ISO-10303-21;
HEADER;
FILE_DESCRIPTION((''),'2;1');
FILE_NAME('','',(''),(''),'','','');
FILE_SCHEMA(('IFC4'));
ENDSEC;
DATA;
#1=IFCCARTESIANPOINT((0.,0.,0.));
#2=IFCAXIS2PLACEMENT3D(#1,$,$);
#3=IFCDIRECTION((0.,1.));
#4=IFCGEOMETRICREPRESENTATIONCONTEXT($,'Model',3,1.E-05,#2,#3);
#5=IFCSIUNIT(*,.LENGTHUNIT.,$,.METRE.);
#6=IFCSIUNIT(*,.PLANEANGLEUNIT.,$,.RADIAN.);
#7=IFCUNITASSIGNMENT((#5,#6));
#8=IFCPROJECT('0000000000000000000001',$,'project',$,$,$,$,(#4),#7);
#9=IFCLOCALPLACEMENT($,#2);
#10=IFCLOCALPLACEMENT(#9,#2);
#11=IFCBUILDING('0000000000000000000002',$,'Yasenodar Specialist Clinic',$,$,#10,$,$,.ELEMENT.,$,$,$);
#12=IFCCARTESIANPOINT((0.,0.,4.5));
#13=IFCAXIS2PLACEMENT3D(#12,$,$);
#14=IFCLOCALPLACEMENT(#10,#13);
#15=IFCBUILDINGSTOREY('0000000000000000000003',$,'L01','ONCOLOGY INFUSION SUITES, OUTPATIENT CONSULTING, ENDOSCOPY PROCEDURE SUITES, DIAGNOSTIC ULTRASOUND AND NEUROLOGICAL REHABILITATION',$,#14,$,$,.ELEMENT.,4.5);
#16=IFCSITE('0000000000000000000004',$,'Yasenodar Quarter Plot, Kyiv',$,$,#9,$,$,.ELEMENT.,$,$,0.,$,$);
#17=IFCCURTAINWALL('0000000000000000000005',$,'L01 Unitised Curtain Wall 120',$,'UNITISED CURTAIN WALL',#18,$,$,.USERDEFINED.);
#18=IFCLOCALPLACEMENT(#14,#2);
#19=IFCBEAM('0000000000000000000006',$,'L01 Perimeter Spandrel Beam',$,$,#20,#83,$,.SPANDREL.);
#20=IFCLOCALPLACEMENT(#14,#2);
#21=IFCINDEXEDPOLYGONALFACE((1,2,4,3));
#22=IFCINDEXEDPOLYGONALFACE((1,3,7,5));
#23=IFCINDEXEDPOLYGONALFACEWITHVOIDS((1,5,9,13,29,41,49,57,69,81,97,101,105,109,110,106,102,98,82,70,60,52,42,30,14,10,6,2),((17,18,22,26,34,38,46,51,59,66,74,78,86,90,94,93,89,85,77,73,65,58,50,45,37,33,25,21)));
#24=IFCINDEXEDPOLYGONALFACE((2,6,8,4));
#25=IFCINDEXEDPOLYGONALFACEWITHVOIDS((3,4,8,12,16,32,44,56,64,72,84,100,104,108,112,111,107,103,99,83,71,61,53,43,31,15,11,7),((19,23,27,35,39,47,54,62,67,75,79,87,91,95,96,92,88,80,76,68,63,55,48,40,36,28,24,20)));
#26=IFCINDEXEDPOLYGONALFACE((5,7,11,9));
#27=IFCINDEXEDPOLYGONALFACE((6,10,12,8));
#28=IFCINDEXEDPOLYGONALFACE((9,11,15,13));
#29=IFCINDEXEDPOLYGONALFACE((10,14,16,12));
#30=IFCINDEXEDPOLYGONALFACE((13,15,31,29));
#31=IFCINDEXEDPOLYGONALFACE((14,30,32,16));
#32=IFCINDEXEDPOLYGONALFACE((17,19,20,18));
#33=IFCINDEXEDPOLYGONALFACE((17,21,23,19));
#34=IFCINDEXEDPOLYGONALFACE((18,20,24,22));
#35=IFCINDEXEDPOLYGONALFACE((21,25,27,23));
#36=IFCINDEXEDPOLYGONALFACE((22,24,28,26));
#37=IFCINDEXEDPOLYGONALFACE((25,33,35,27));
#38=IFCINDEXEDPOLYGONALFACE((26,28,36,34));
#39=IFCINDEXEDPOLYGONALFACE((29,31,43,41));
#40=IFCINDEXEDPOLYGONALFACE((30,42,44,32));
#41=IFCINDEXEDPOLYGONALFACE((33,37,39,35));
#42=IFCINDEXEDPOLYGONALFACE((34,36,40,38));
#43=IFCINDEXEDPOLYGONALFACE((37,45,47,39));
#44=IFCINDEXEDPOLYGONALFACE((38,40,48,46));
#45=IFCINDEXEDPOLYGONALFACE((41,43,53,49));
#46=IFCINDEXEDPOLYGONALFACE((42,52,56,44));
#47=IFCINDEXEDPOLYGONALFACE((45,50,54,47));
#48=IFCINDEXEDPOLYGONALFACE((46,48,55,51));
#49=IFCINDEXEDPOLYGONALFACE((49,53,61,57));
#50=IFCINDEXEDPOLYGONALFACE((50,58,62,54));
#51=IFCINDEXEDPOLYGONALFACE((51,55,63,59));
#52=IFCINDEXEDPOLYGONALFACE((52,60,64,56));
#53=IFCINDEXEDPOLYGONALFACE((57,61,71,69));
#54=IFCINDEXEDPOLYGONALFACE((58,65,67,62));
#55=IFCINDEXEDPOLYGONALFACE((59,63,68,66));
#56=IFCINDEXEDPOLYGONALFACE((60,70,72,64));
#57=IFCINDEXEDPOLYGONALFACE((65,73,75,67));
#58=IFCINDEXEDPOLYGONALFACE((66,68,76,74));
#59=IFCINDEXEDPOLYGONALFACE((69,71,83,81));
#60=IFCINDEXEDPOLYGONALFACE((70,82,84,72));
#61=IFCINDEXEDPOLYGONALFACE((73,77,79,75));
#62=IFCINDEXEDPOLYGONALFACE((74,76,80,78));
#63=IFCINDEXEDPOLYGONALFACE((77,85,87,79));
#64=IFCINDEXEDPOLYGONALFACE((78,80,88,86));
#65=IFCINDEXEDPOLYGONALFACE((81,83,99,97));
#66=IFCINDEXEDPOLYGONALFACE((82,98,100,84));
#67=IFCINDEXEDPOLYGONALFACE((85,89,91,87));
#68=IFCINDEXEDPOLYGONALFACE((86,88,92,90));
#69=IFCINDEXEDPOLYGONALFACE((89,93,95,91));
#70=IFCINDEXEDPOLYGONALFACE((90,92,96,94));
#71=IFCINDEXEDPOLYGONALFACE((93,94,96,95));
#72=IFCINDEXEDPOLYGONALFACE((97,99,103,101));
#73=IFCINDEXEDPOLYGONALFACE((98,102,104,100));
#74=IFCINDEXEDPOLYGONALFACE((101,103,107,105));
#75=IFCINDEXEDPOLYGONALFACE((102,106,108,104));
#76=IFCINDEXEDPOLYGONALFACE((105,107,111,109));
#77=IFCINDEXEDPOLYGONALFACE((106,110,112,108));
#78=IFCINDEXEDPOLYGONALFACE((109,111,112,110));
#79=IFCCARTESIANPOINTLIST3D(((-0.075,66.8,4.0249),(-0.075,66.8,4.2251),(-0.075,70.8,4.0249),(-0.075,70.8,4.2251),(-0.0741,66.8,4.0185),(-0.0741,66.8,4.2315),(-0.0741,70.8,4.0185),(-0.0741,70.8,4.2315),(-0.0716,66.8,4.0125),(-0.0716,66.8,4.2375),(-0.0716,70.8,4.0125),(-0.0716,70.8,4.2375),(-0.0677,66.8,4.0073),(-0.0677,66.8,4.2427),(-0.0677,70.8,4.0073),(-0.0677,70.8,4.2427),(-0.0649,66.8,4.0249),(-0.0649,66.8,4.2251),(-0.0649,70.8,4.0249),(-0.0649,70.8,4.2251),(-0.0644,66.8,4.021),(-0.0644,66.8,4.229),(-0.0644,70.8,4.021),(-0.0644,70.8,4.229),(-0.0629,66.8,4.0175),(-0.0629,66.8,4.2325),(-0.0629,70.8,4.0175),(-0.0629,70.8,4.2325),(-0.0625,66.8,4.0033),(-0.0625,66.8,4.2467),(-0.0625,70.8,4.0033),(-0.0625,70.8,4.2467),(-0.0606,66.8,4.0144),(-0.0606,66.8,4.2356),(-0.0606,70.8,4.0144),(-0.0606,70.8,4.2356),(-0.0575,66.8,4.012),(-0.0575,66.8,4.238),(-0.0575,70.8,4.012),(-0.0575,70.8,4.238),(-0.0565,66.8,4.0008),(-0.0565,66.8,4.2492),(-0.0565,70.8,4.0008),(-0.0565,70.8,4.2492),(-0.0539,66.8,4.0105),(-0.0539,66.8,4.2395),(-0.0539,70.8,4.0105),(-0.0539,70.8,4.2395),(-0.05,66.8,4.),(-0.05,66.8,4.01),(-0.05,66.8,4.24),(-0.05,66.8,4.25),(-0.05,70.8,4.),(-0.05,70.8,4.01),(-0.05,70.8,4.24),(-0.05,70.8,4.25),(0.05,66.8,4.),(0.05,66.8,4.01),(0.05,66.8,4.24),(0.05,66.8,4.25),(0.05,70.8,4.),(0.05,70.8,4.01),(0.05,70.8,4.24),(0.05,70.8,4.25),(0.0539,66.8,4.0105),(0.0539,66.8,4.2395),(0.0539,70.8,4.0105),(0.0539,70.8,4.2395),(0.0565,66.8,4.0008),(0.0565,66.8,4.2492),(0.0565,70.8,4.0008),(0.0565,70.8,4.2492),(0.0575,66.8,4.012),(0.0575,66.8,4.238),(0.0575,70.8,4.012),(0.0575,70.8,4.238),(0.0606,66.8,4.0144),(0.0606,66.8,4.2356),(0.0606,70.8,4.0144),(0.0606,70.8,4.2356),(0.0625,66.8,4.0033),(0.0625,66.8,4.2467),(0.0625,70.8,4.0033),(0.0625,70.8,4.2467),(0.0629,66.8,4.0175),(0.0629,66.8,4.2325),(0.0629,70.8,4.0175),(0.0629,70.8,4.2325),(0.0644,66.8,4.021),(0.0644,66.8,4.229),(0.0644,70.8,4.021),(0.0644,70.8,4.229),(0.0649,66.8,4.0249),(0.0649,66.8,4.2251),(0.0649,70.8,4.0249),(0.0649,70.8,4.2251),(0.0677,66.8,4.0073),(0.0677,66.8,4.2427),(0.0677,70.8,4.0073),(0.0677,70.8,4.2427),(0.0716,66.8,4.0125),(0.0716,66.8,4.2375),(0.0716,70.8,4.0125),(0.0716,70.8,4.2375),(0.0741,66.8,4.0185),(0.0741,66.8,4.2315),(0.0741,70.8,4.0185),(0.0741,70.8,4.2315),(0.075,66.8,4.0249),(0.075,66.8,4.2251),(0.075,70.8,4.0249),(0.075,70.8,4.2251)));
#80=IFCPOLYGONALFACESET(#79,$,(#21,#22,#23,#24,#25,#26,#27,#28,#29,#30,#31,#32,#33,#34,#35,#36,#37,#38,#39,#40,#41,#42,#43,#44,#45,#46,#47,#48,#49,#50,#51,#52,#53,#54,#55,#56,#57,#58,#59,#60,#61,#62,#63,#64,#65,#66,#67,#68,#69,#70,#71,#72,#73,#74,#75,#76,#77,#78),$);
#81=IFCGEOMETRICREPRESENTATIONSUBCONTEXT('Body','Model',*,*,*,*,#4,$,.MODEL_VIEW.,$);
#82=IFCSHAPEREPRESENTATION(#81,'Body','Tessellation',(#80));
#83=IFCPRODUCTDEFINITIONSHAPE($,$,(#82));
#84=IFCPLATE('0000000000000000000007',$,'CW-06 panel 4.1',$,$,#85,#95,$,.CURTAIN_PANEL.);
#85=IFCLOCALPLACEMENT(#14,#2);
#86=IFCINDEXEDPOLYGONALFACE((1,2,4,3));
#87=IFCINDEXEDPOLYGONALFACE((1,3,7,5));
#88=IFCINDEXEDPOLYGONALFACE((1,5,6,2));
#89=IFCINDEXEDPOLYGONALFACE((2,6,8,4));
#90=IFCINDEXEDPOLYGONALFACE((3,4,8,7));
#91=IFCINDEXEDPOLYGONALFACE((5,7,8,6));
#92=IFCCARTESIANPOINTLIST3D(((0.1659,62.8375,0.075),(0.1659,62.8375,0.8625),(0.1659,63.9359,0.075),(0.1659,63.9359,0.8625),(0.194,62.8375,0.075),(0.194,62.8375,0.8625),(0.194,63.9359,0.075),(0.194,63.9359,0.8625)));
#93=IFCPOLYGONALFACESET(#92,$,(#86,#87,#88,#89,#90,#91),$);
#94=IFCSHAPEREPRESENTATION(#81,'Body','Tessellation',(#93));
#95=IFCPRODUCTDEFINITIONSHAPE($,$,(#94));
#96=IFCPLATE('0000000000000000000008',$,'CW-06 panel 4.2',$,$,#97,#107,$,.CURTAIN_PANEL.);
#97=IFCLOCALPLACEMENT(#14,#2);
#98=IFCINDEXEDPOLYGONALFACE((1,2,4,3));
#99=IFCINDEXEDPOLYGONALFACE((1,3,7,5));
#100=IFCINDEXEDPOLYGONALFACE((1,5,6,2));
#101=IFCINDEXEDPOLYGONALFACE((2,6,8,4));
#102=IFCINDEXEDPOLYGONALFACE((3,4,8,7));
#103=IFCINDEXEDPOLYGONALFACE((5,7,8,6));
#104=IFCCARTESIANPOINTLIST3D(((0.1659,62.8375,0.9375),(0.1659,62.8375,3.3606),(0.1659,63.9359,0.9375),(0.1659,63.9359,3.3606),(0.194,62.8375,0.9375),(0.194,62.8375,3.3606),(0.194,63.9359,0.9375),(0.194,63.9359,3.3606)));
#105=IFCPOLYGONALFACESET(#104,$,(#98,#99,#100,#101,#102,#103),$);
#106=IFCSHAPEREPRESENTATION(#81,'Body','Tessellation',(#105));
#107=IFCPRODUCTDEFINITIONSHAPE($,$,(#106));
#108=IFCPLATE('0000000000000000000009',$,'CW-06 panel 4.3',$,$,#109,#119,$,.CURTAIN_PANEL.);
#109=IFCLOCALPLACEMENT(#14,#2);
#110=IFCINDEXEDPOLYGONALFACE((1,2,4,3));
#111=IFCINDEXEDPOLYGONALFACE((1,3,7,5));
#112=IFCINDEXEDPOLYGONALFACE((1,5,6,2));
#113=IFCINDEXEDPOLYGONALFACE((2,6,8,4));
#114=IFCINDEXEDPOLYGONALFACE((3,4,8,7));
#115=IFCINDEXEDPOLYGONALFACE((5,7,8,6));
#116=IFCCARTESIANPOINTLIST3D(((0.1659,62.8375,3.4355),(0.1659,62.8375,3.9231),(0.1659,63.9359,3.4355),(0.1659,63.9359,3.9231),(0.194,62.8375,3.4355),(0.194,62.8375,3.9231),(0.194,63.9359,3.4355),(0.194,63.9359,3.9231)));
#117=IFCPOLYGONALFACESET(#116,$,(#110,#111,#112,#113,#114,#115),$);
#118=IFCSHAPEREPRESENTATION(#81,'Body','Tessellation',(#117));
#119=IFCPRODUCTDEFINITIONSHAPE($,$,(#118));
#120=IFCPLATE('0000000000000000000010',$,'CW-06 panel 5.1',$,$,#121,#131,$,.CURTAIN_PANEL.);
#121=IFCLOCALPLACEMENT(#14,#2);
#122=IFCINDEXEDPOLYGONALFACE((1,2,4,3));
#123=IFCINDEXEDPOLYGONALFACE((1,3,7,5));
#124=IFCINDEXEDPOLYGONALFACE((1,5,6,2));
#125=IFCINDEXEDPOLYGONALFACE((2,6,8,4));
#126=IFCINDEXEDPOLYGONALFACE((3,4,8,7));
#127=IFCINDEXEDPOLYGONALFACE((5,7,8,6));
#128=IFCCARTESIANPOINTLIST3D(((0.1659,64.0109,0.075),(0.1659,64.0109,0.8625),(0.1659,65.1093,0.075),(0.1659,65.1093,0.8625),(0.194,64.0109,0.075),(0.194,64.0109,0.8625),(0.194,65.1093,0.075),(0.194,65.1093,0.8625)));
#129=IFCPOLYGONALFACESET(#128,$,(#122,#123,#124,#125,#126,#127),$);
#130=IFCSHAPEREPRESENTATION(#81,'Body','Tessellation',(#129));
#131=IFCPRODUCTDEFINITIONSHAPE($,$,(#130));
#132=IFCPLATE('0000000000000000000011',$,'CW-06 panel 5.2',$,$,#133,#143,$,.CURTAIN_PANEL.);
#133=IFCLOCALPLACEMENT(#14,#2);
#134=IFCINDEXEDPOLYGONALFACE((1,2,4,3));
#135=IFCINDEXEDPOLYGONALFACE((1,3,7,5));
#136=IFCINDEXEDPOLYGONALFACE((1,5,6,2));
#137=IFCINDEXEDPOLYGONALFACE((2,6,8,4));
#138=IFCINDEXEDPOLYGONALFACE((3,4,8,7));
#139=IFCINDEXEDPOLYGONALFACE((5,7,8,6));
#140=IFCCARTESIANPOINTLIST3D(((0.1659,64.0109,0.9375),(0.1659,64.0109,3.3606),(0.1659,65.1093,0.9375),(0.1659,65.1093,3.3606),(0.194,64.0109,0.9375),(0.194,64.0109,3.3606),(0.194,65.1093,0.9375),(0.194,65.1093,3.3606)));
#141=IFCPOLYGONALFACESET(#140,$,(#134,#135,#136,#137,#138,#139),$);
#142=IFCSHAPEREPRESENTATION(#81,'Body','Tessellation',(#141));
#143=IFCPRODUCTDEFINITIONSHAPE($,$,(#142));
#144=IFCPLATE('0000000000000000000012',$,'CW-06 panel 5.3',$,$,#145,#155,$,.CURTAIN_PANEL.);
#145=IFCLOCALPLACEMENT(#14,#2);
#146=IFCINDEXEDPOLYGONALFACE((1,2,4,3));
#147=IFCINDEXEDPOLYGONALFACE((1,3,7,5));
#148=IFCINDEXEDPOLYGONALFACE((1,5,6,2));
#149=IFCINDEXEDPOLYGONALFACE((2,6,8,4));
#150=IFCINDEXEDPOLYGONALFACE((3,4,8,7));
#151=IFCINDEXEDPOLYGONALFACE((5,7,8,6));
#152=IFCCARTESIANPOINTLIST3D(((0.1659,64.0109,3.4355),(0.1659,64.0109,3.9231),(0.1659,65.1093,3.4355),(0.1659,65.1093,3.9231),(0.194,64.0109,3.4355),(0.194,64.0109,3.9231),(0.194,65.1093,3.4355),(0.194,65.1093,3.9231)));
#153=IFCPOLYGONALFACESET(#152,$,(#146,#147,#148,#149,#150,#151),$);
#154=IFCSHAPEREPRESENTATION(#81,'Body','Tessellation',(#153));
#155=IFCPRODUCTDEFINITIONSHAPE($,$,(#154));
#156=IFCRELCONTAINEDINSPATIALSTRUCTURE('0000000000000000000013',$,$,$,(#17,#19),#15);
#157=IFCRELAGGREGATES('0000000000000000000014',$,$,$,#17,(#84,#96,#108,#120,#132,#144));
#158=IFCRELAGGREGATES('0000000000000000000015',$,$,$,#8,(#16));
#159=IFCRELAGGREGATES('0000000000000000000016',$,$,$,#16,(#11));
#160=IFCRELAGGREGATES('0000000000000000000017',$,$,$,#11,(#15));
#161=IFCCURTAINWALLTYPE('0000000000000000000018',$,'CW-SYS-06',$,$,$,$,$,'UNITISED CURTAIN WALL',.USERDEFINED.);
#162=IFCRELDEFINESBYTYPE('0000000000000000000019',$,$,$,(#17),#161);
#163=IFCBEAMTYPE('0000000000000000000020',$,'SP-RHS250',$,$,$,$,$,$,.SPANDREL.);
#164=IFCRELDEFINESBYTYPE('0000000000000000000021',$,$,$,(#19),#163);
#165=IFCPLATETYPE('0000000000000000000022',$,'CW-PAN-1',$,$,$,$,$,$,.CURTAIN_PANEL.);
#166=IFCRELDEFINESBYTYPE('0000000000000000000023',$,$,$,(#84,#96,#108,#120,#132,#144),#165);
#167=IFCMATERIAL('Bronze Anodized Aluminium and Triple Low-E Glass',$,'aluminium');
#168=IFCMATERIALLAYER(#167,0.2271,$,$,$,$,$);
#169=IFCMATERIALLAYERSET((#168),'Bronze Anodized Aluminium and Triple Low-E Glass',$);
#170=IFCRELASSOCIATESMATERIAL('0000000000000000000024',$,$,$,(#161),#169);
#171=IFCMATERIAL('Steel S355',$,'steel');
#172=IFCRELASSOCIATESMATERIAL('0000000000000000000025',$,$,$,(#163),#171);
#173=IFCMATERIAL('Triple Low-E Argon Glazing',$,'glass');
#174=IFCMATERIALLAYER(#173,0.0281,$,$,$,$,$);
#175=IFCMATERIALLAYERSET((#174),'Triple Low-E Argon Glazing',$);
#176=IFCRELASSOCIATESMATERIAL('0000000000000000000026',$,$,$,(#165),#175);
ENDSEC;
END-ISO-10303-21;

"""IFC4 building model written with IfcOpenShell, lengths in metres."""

from ifc_helpers import new_model, si_unit, direction, frame, origin, origin_2d, place, context, subcontext, project, spatial, rectangle, hollow_rectangle, extrude, material, layer, layer_set, material_profile, profile_set, type_object, element, aggregate, save


model = new_model("IFC4")

# Units and contexts
model_context = context("Model", 3, precision=1e-05, world=origin(), true_north=direction((0.0, 1.0)))
body_context = subcontext(model_context, "Body", "Model", "MODEL_VIEW")
ifc_project = project(units=[si_unit("LENGTHUNIT", "METRE"), si_unit("PLANEANGLEUNIT", "RADIAN")], contexts=[model_context])

# Site, building, storey
site_placement = place(None, origin())
site = spatial("IfcSite", under=ifc_project, at=site_placement, Name="Yasenodar Quarter Plot, Kyiv", CompositionType="ELEMENT", RefElevation=0.0)
building_placement = place(site_placement, origin())
building = spatial("IfcBuilding", under=site, at=building_placement, Name="Yasenodar Specialist Clinic", CompositionType="ELEMENT")
storey_placement = place(building_placement, frame((0.0, 0.0, 4.5)))
storey = spatial("IfcBuildingStorey", under=building, at=storey_placement, Name="L01", Description="ONCOLOGY INFUSION SUITES, OUTPATIENT CONSULTING, ENDOSCOPY PROCEDURE SUITES, DIAGNOSTIC ULTRASOUND AND NEUROLOGICAL REHABILITATION", CompositionType="ELEMENT", Elevation=4.5)

# Shared definitions
ifc_material_1 = material(Name="Steel S355", Category="steel")

# Curtain wall
ifc_material_2 = material(Name="Bronze Anodized Aluminium and Triple Low-E Glass", Category="aluminium")
ifc_layer_1 = layer(ifc_material_2, 0.2271)
ifc_layer_set_1 = layer_set([ifc_layer_1], Name="Bronze Anodized Aluminium and Triple Low-E Glass")
curtain_wall_type = type_object("IfcCurtainWallType", Name="CW-SYS-06", ElementType="UNITISED CURTAIN WALL", PredefinedType="USERDEFINED", material=ifc_layer_set_1)
curtain_wall_placement = place(storey_placement, origin())
curtain_wall = element("IfcCurtainWall", 1, at=curtain_wall_placement, inside=storey, type_object=curtain_wall_type, Name="L01 Unitised Curtain Wall 120", ObjectType="UNITISED CURTAIN WALL", PredefinedType="USERDEFINED")

# Beam
ifc_material_profile_1 = material_profile(ifc_material_1, hollow_rectangle(XDim=0.1499, YDim=0.25, WallThickness=0.01, InnerFilletRadius=0.0149, OuterFilletRadius=0.0249, at=origin_2d()), Name="RHS 250x150x10")
ifc_profile_set_1 = profile_set([ifc_material_profile_1], Name="Steel S355")
beam_type_1 = type_object("IfcBeamType", Name="SP-RHS250", PredefinedType="SPANDREL", material=ifc_profile_set_1)
beam_1_placement = place(storey_placement, frame((0.0, 66.8, 4.125), z_axis=(0.0, 1.0, 0.0), x_axis=(-1.0, 0.0, 0.0)))
element("IfcBeam", 2, at=beam_1_placement, inside=storey, type_object=beam_type_1, Name="L01 Perimeter Spandrel Beam", PredefinedType="SPANDREL", context=body_context, shape_type="SweptSolid", body=[
    extrude(hollow_rectangle(XDim=0.1499, YDim=0.25, WallThickness=0.01, InnerFilletRadius=0.0149, OuterFilletRadius=0.0249, at=origin_2d()), origin(), (0.0, 0.0, 1.0), 4.0),
])

# Plates
ifc_material_3 = material(Name="Triple Low-E Argon Glazing", Category="glass")
ifc_layer_2 = layer(ifc_material_3, 0.0281)
ifc_layer_set_2 = layer_set([ifc_layer_2], Name="Triple Low-E Argon Glazing")
plate_type = type_object("IfcPlateType", Name="CW-PAN-1", PredefinedType="CURTAIN_PANEL", material=ifc_layer_set_2)
plate_1_placement = place(storey_placement, frame((0.1799, 63.3867, 0.075), z_axis=(0.0, 0.0, 1.0), x_axis=(0.0, 1.0, 0.0)))
plate_1 = element("IfcPlate", 3, at=plate_1_placement, type_object=plate_type, Name="CW-06 panel 4.1", PredefinedType="CURTAIN_PANEL", context=body_context, shape_type="SweptSolid", body=[
    extrude(rectangle(XDim=1.0984, YDim=0.0281, at=origin_2d()), origin(), (0.0, 0.0, 1.0), 0.7876),
])
plate_2_placement = place(storey_placement, frame((0.1799, 63.3867, 0.9375), z_axis=(0.0, 0.0, 1.0), x_axis=(0.0, 1.0, 0.0)))
plate_2 = element("IfcPlate", 4, at=plate_2_placement, type_object=plate_type, Name="CW-06 panel 4.2", PredefinedType="CURTAIN_PANEL", context=body_context, shape_type="SweptSolid", body=[
    extrude(rectangle(XDim=1.0984, YDim=0.0281, at=origin_2d()), origin(), (0.0, 0.0, 1.0), 2.4231),
])
plate_3_placement = place(storey_placement, frame((0.1799, 63.3867, 3.4355), z_axis=(0.0, 0.0, 1.0), x_axis=(0.0, 1.0, 0.0)))
plate_3 = element("IfcPlate", 5, at=plate_3_placement, type_object=plate_type, Name="CW-06 panel 4.3", PredefinedType="CURTAIN_PANEL", context=body_context, shape_type="SweptSolid", body=[
    extrude(rectangle(XDim=1.0984, YDim=0.0281, at=origin_2d()), origin(), (0.0, 0.0, 1.0), 0.4875),
])
plate_4_placement = place(storey_placement, frame((0.1799, 64.5601, 0.075), z_axis=(0.0, 0.0, 1.0), x_axis=(0.0, 1.0, 0.0)))
plate_4 = element("IfcPlate", 6, at=plate_4_placement, type_object=plate_type, Name="CW-06 panel 5.1", PredefinedType="CURTAIN_PANEL", context=body_context, shape_type="SweptSolid", body=[
    extrude(rectangle(XDim=1.0984, YDim=0.0281, at=origin_2d()), origin(), (0.0, 0.0, 1.0), 0.7876),
])
plate_5_placement = place(storey_placement, frame((0.1799, 64.5601, 0.9375), z_axis=(0.0, 0.0, 1.0), x_axis=(0.0, 1.0, 0.0)))
plate_5 = element("IfcPlate", 7, at=plate_5_placement, type_object=plate_type, Name="CW-06 panel 5.2", PredefinedType="CURTAIN_PANEL", context=body_context, shape_type="SweptSolid", body=[
    extrude(rectangle(XDim=1.0984, YDim=0.0281, at=origin_2d()), origin(), (0.0, 0.0, 1.0), 2.4231),
])
plate_6_placement = place(storey_placement, frame((0.1799, 64.5601, 3.4355), z_axis=(0.0, 0.0, 1.0), x_axis=(0.0, 1.0, 0.0)))
plate_6 = element("IfcPlate", 8, at=plate_6_placement, type_object=plate_type, Name="CW-06 panel 5.3", PredefinedType="CURTAIN_PANEL", context=body_context, shape_type="SweptSolid", body=[
    extrude(rectangle(XDim=1.0984, YDim=0.0281, at=origin_2d()), origin(), (0.0, 0.0, 1.0), 0.4875),
])
aggregate(curtain_wall, [plate_1, plate_2, plate_3, plate_4, plate_5, plate_6])

save(model, "model.ifc")
